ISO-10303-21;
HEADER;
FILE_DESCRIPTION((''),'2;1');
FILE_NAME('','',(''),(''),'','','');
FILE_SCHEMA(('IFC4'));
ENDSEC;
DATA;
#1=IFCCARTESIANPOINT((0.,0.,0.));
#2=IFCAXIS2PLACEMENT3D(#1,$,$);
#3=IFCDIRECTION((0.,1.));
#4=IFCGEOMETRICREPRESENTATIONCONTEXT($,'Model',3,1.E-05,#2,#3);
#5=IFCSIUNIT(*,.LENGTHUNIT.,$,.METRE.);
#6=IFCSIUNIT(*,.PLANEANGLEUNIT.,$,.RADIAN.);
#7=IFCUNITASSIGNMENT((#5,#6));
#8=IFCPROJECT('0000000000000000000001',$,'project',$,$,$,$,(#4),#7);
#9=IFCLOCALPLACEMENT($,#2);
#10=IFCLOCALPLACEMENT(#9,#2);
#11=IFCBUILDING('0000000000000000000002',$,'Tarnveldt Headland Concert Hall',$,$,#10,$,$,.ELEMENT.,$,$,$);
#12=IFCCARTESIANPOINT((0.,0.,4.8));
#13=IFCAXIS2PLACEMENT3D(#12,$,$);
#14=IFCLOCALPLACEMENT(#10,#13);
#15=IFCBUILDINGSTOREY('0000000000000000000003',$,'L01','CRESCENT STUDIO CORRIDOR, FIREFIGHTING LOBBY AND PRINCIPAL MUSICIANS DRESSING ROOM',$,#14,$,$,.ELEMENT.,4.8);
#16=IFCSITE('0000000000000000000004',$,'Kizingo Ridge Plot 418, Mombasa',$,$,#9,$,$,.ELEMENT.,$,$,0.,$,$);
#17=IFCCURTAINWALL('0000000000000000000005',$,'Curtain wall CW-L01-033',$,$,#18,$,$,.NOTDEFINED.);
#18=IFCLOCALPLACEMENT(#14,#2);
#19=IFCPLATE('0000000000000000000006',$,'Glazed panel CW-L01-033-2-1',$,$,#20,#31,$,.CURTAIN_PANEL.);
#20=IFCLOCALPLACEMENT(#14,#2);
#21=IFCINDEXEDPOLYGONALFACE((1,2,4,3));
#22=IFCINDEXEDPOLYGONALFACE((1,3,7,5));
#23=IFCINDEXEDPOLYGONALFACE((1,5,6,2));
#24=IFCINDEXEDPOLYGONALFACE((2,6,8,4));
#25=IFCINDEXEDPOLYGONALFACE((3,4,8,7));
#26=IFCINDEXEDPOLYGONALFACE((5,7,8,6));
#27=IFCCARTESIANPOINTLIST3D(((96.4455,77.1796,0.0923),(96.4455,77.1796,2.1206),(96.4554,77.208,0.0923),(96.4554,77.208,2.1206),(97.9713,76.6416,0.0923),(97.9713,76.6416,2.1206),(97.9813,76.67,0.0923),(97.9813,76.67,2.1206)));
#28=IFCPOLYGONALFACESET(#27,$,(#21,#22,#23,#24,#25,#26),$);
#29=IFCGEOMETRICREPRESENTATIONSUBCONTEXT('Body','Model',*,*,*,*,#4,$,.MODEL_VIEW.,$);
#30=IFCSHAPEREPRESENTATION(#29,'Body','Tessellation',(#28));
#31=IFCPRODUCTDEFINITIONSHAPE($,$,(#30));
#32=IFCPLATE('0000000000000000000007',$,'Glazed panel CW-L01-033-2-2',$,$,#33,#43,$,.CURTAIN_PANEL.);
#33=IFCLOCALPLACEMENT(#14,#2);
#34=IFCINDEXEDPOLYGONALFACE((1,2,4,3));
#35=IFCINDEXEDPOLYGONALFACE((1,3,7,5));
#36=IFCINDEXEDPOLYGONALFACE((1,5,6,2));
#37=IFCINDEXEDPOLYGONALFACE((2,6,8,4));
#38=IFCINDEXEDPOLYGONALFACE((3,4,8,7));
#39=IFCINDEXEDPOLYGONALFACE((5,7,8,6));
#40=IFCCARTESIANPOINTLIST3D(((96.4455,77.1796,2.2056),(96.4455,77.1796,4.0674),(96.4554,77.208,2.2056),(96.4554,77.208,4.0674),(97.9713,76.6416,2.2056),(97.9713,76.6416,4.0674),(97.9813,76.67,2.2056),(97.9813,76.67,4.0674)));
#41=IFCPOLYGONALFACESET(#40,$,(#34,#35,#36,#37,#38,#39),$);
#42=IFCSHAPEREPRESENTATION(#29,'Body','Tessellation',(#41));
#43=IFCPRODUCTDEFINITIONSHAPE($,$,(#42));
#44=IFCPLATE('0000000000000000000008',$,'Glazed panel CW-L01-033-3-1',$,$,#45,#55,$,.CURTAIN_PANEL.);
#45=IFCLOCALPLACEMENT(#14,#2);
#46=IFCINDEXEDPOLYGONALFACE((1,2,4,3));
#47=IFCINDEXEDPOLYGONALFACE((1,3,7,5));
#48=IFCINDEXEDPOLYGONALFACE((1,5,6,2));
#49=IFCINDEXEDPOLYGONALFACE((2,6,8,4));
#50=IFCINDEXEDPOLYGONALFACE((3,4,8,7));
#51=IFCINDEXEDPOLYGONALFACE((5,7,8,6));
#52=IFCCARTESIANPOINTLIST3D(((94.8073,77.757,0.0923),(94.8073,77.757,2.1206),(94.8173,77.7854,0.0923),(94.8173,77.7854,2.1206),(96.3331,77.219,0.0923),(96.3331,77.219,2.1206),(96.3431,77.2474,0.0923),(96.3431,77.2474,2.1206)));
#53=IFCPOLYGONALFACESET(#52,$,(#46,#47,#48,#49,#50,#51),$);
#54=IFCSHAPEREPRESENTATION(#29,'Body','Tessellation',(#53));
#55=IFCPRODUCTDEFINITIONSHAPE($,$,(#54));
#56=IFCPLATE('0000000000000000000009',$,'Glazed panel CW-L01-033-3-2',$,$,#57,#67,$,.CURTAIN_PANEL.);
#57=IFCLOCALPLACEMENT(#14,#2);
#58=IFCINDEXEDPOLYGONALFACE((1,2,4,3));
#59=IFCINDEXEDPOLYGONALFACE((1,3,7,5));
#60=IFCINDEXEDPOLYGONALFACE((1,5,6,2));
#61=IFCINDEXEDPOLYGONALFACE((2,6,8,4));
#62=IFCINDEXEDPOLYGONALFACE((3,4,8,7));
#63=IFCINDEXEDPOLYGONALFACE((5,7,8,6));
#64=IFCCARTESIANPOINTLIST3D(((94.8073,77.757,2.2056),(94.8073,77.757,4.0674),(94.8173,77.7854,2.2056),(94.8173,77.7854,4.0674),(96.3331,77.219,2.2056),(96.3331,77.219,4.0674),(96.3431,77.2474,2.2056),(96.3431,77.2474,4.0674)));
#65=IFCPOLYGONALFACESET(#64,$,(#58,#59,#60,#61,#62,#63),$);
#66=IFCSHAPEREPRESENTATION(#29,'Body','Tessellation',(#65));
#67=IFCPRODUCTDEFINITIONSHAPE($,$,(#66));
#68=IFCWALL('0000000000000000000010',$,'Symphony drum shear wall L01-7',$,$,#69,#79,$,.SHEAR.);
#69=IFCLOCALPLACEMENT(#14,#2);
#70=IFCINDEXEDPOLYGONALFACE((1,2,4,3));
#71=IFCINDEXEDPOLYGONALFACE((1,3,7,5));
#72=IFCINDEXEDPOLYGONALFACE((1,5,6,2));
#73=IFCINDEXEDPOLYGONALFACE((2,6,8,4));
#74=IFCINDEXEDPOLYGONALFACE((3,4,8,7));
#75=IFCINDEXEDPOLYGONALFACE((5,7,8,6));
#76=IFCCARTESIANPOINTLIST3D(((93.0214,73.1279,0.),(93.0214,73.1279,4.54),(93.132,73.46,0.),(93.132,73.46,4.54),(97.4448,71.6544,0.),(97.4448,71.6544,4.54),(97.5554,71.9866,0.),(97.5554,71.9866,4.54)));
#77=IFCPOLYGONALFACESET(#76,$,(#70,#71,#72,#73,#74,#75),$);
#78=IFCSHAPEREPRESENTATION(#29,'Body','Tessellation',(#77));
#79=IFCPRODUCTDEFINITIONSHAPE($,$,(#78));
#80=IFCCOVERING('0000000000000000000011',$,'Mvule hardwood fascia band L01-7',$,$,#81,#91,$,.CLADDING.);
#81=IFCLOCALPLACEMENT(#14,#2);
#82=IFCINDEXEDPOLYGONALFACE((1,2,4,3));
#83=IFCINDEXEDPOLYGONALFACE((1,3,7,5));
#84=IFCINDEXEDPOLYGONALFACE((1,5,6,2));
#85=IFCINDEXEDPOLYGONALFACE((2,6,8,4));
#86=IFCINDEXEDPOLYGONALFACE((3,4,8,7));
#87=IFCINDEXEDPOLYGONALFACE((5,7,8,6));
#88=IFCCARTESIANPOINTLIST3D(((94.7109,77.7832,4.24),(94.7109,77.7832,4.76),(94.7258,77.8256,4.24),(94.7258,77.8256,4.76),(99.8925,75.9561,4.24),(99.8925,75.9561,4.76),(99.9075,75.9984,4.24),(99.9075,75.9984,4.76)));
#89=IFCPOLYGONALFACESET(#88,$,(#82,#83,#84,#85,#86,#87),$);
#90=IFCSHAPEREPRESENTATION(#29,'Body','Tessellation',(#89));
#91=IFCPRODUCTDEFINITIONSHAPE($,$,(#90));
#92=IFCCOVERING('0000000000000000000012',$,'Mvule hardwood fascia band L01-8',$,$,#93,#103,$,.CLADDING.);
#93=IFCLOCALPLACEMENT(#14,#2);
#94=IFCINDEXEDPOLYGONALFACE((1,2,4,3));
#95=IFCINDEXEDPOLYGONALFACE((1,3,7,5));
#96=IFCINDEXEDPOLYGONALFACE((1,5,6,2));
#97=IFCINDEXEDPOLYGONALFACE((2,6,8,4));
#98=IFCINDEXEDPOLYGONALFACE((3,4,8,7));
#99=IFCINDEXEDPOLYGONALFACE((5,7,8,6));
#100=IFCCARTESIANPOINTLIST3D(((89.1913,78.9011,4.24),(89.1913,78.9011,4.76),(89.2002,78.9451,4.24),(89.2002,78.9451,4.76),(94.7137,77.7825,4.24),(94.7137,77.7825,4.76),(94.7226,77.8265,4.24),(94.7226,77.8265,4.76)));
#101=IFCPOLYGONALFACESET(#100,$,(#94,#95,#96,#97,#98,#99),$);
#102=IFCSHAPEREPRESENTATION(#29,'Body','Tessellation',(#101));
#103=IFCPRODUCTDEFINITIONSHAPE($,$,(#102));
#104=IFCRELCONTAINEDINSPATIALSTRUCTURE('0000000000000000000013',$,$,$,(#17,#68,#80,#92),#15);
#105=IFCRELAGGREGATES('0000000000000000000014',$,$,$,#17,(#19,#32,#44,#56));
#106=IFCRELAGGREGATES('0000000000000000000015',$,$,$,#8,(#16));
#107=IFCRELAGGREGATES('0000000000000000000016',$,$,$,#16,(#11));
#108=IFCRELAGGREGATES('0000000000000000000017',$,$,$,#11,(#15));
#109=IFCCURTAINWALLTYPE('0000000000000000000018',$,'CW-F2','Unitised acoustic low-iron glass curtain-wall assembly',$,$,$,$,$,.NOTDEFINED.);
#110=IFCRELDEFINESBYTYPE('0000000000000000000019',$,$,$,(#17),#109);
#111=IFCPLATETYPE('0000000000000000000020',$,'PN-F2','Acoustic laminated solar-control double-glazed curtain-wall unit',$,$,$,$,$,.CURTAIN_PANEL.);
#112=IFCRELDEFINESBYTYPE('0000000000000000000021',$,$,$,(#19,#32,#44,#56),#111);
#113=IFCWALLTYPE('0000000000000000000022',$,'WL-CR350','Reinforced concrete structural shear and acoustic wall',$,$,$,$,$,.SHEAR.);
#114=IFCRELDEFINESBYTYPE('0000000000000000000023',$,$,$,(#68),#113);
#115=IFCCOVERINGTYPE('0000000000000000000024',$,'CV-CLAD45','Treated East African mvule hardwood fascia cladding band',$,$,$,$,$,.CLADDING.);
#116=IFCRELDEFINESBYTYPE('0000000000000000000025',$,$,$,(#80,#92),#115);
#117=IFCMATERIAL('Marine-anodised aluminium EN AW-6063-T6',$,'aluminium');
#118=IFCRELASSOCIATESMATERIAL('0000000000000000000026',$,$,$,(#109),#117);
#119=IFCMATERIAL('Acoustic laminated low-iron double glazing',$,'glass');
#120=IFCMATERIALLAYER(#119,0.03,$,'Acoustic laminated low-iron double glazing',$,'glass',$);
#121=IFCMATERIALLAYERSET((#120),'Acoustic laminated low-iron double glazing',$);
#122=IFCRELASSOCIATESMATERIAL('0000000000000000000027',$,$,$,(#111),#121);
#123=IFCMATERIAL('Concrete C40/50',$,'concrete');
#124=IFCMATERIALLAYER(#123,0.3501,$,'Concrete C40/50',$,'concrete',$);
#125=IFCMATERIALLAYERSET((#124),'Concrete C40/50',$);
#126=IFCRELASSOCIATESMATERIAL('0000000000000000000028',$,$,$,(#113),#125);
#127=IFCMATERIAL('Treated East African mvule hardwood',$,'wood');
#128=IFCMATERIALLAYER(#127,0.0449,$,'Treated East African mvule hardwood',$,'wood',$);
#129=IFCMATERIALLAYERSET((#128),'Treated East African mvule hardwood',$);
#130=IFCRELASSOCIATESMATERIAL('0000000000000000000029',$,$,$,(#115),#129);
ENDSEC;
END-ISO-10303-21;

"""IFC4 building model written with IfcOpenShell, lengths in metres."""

from ifc_helpers import new_model, si_unit, direction, frame, frame_2d, origin, origin_2d, place, context, subcontext, project, spatial, rectangle, extrude, material, layer, layer_set, type_object, element, aggregate, save


model = new_model("IFC4")

# Units and contexts
model_context = context("Model", 3, precision=1e-05, world=origin(), true_north=direction((0.0, 1.0)))
body_context = subcontext(model_context, "Body", "Model", "MODEL_VIEW")
ifc_project = project(units=[si_unit("LENGTHUNIT", "METRE"), si_unit("PLANEANGLEUNIT", "RADIAN")], contexts=[model_context])

# Site, building, storey
site_placement = place(None, origin())
site = spatial("IfcSite", under=ifc_project, at=site_placement, Name="Kizingo Ridge Plot 418, Mombasa", CompositionType="ELEMENT", RefElevation=0.0)
building_placement = place(site_placement, origin())
building = spatial("IfcBuilding", under=site, at=building_placement, Name="Tarnveldt Headland Concert Hall", CompositionType="ELEMENT")
storey_placement = place(building_placement, frame((0.0, 0.0, 4.8)))
storey = spatial("IfcBuildingStorey", under=building, at=storey_placement, Name="L01", Description="CRESCENT STUDIO CORRIDOR, FIREFIGHTING LOBBY AND PRINCIPAL MUSICIANS DRESSING ROOM", CompositionType="ELEMENT", Elevation=4.8)

# Shared definitions
ifc_material_1 = material(Name="Concrete C40/50", Category="concrete")

# Shared definitions
ifc_material_2 = material(Name="Marine-anodised aluminium EN AW-6063-T6", Category="aluminium")
curtain_wall_type = type_object("IfcCurtainWallType", Name="CW-F2", Description="Unitised acoustic low-iron glass curtain-wall assembly", PredefinedType="NOTDEFINED", material=ifc_material_2)

# Curtain wall
curtain_wall_1_placement = place(storey_placement, origin())
curtain_wall_1 = element("IfcCurtainWall", 1, at=curtain_wall_1_placement, inside=storey, type_object=curtain_wall_type, Name="Curtain wall CW-L01-033", PredefinedType="NOTDEFINED")

# Plates
ifc_material_3 = material(Name="Acoustic laminated low-iron double glazing", Category="glass")
ifc_layer_1 = layer(ifc_material_3, 0.03, Name="Acoustic laminated low-iron double glazing", Category="glass")
ifc_layer_set_1 = layer_set([ifc_layer_1], Name="Acoustic laminated low-iron double glazing")
plate_type = type_object("IfcPlateType", Name="PN-F2", Description="Acoustic laminated solar-control double-glazed curtain-wall unit", PredefinedType="CURTAIN_PANEL", material=ifc_layer_set_1)
plate_1_placement = place(storey_placement, frame((97.2134, 76.9248, 0.0923), z_axis=(0.0, 0.0, 1.0), x_axis=(-0.943095, 0.332523, 0.0)))
plate_1 = element("IfcPlate", 2, at=plate_1_placement, type_object=plate_type, Name="Glazed panel CW-L01-033-2-1", PredefinedType="CURTAIN_PANEL", context=body_context, shape_type="SweptSolid", body=[
    extrude(rectangle(XDim=1.6179, YDim=0.03, at=origin_2d()), origin(), (0.0, 0.0, 1.0), 2.0283),
])
plate_2_placement = place(storey_placement, frame((97.2134, 76.9248, 2.2056), z_axis=(0.0, 0.0, 1.0), x_axis=(-0.943095, 0.332523, 0.0)))
plate_2 = element("IfcPlate", 3, at=plate_2_placement, type_object=plate_type, Name="Glazed panel CW-L01-033-2-2", PredefinedType="CURTAIN_PANEL", context=body_context, shape_type="SweptSolid", body=[
    extrude(rectangle(XDim=1.6179, YDim=0.03, at=origin_2d()), origin(), (0.0, 0.0, 1.0), 1.8618),
])
plate_3_placement = place(storey_placement, frame((95.5752, 77.5022, 0.0923), z_axis=(0.0, 0.0, 1.0), x_axis=(-0.943095, 0.332523, 0.0)))
plate_3 = element("IfcPlate", 4, at=plate_3_placement, type_object=plate_type, Name="Glazed panel CW-L01-033-3-1", PredefinedType="CURTAIN_PANEL", context=body_context, shape_type="SweptSolid", body=[
    extrude(rectangle(XDim=1.6179, YDim=0.03, at=origin_2d()), origin(), (0.0, 0.0, 1.0), 2.0283),
])
plate_4_placement = place(storey_placement, frame((95.5752, 77.5022, 2.2056), z_axis=(0.0, 0.0, 1.0), x_axis=(-0.943095, 0.332523, 0.0)))
plate_4 = element("IfcPlate", 5, at=plate_4_placement, type_object=plate_type, Name="Glazed panel CW-L01-033-3-2", PredefinedType="CURTAIN_PANEL", context=body_context, shape_type="SweptSolid", body=[
    extrude(rectangle(XDim=1.6179, YDim=0.03, at=origin_2d()), origin(), (0.0, 0.0, 1.0), 1.8618),
])
aggregate(curtain_wall_1, [plate_1, plate_2, plate_3, plate_4])

# Wall
ifc_layer_2 = layer(ifc_material_1, 0.3501, Name="Concrete C40/50", Category="concrete")
ifc_layer_set_2 = layer_set([ifc_layer_2], Name="Concrete C40/50")
wall_type = type_object("IfcWallType", Name="WL-CR350", Description="Reinforced concrete structural shear and acoustic wall", PredefinedType="SHEAR", material=ifc_layer_set_2)
wall_placement = place(storey_placement, frame((97.5, 71.8206, 0.0), z_axis=(0.0, 0.0, 1.0), x_axis=(-0.948751, 0.316024, 0.0)))
element("IfcWall", 6, at=wall_placement, inside=storey, type_object=wall_type, Name="Symphony drum shear wall L01-7", PredefinedType="SHEAR", context=body_context, shape_type="SweptSolid", body=[
    extrude(rectangle(XDim=4.6624, YDim=0.3501, at=frame_2d((2.3311, 0.0))), origin(), (0.0, 0.0, 1.0), 4.54),
])

# Coverings
ifc_material_4 = material(Name="Treated East African mvule hardwood", Category="wood")
ifc_layer_3 = layer(ifc_material_4, 0.0449, Name="Treated East African mvule hardwood", Category="wood")
ifc_layer_set_3 = layer_set([ifc_layer_3], Name="Treated East African mvule hardwood")
covering_type = type_object("IfcCoveringType", Name="CV-CLAD45", Description="Treated East African mvule hardwood fascia cladding band", PredefinedType="CLADDING", material=ifc_layer_set_3)
covering_1_placement = place(storey_placement, frame((99.8999, 75.9773, 4.24), z_axis=(0.0, 0.0, 1.0), x_axis=(-0.943085, 0.33255, 0.0)))
element("IfcCovering", 7, at=covering_1_placement, inside=storey, type_object=covering_type, Name="Mvule hardwood fascia band L01-7", PredefinedType="CLADDING", context=body_context, shape_type="SweptSolid", body=[
    extrude(rectangle(XDim=5.4944, YDim=0.0449, at=frame_2d((2.7471, 0.0))), origin(), (0.0, 0.0, 1.0), 0.52),
])
covering_2_placement = place(storey_placement, frame((94.7183, 77.8044, 4.24), z_axis=(0.0, 0.0, 1.0), x_axis=(-0.980094, 0.198532, 0.0)))
element("IfcCovering", 8, at=covering_2_placement, inside=storey, type_object=covering_type, Name="Mvule hardwood fascia band L01-8", PredefinedType="CLADDING", context=body_context, shape_type="SweptSolid", body=[
    extrude(rectangle(XDim=5.6345, YDim=0.0449, at=frame_2d((2.8174, 0.0))), origin(), (0.0, 0.0, 1.0), 0.52),
])

save(model, "model.ifc")
